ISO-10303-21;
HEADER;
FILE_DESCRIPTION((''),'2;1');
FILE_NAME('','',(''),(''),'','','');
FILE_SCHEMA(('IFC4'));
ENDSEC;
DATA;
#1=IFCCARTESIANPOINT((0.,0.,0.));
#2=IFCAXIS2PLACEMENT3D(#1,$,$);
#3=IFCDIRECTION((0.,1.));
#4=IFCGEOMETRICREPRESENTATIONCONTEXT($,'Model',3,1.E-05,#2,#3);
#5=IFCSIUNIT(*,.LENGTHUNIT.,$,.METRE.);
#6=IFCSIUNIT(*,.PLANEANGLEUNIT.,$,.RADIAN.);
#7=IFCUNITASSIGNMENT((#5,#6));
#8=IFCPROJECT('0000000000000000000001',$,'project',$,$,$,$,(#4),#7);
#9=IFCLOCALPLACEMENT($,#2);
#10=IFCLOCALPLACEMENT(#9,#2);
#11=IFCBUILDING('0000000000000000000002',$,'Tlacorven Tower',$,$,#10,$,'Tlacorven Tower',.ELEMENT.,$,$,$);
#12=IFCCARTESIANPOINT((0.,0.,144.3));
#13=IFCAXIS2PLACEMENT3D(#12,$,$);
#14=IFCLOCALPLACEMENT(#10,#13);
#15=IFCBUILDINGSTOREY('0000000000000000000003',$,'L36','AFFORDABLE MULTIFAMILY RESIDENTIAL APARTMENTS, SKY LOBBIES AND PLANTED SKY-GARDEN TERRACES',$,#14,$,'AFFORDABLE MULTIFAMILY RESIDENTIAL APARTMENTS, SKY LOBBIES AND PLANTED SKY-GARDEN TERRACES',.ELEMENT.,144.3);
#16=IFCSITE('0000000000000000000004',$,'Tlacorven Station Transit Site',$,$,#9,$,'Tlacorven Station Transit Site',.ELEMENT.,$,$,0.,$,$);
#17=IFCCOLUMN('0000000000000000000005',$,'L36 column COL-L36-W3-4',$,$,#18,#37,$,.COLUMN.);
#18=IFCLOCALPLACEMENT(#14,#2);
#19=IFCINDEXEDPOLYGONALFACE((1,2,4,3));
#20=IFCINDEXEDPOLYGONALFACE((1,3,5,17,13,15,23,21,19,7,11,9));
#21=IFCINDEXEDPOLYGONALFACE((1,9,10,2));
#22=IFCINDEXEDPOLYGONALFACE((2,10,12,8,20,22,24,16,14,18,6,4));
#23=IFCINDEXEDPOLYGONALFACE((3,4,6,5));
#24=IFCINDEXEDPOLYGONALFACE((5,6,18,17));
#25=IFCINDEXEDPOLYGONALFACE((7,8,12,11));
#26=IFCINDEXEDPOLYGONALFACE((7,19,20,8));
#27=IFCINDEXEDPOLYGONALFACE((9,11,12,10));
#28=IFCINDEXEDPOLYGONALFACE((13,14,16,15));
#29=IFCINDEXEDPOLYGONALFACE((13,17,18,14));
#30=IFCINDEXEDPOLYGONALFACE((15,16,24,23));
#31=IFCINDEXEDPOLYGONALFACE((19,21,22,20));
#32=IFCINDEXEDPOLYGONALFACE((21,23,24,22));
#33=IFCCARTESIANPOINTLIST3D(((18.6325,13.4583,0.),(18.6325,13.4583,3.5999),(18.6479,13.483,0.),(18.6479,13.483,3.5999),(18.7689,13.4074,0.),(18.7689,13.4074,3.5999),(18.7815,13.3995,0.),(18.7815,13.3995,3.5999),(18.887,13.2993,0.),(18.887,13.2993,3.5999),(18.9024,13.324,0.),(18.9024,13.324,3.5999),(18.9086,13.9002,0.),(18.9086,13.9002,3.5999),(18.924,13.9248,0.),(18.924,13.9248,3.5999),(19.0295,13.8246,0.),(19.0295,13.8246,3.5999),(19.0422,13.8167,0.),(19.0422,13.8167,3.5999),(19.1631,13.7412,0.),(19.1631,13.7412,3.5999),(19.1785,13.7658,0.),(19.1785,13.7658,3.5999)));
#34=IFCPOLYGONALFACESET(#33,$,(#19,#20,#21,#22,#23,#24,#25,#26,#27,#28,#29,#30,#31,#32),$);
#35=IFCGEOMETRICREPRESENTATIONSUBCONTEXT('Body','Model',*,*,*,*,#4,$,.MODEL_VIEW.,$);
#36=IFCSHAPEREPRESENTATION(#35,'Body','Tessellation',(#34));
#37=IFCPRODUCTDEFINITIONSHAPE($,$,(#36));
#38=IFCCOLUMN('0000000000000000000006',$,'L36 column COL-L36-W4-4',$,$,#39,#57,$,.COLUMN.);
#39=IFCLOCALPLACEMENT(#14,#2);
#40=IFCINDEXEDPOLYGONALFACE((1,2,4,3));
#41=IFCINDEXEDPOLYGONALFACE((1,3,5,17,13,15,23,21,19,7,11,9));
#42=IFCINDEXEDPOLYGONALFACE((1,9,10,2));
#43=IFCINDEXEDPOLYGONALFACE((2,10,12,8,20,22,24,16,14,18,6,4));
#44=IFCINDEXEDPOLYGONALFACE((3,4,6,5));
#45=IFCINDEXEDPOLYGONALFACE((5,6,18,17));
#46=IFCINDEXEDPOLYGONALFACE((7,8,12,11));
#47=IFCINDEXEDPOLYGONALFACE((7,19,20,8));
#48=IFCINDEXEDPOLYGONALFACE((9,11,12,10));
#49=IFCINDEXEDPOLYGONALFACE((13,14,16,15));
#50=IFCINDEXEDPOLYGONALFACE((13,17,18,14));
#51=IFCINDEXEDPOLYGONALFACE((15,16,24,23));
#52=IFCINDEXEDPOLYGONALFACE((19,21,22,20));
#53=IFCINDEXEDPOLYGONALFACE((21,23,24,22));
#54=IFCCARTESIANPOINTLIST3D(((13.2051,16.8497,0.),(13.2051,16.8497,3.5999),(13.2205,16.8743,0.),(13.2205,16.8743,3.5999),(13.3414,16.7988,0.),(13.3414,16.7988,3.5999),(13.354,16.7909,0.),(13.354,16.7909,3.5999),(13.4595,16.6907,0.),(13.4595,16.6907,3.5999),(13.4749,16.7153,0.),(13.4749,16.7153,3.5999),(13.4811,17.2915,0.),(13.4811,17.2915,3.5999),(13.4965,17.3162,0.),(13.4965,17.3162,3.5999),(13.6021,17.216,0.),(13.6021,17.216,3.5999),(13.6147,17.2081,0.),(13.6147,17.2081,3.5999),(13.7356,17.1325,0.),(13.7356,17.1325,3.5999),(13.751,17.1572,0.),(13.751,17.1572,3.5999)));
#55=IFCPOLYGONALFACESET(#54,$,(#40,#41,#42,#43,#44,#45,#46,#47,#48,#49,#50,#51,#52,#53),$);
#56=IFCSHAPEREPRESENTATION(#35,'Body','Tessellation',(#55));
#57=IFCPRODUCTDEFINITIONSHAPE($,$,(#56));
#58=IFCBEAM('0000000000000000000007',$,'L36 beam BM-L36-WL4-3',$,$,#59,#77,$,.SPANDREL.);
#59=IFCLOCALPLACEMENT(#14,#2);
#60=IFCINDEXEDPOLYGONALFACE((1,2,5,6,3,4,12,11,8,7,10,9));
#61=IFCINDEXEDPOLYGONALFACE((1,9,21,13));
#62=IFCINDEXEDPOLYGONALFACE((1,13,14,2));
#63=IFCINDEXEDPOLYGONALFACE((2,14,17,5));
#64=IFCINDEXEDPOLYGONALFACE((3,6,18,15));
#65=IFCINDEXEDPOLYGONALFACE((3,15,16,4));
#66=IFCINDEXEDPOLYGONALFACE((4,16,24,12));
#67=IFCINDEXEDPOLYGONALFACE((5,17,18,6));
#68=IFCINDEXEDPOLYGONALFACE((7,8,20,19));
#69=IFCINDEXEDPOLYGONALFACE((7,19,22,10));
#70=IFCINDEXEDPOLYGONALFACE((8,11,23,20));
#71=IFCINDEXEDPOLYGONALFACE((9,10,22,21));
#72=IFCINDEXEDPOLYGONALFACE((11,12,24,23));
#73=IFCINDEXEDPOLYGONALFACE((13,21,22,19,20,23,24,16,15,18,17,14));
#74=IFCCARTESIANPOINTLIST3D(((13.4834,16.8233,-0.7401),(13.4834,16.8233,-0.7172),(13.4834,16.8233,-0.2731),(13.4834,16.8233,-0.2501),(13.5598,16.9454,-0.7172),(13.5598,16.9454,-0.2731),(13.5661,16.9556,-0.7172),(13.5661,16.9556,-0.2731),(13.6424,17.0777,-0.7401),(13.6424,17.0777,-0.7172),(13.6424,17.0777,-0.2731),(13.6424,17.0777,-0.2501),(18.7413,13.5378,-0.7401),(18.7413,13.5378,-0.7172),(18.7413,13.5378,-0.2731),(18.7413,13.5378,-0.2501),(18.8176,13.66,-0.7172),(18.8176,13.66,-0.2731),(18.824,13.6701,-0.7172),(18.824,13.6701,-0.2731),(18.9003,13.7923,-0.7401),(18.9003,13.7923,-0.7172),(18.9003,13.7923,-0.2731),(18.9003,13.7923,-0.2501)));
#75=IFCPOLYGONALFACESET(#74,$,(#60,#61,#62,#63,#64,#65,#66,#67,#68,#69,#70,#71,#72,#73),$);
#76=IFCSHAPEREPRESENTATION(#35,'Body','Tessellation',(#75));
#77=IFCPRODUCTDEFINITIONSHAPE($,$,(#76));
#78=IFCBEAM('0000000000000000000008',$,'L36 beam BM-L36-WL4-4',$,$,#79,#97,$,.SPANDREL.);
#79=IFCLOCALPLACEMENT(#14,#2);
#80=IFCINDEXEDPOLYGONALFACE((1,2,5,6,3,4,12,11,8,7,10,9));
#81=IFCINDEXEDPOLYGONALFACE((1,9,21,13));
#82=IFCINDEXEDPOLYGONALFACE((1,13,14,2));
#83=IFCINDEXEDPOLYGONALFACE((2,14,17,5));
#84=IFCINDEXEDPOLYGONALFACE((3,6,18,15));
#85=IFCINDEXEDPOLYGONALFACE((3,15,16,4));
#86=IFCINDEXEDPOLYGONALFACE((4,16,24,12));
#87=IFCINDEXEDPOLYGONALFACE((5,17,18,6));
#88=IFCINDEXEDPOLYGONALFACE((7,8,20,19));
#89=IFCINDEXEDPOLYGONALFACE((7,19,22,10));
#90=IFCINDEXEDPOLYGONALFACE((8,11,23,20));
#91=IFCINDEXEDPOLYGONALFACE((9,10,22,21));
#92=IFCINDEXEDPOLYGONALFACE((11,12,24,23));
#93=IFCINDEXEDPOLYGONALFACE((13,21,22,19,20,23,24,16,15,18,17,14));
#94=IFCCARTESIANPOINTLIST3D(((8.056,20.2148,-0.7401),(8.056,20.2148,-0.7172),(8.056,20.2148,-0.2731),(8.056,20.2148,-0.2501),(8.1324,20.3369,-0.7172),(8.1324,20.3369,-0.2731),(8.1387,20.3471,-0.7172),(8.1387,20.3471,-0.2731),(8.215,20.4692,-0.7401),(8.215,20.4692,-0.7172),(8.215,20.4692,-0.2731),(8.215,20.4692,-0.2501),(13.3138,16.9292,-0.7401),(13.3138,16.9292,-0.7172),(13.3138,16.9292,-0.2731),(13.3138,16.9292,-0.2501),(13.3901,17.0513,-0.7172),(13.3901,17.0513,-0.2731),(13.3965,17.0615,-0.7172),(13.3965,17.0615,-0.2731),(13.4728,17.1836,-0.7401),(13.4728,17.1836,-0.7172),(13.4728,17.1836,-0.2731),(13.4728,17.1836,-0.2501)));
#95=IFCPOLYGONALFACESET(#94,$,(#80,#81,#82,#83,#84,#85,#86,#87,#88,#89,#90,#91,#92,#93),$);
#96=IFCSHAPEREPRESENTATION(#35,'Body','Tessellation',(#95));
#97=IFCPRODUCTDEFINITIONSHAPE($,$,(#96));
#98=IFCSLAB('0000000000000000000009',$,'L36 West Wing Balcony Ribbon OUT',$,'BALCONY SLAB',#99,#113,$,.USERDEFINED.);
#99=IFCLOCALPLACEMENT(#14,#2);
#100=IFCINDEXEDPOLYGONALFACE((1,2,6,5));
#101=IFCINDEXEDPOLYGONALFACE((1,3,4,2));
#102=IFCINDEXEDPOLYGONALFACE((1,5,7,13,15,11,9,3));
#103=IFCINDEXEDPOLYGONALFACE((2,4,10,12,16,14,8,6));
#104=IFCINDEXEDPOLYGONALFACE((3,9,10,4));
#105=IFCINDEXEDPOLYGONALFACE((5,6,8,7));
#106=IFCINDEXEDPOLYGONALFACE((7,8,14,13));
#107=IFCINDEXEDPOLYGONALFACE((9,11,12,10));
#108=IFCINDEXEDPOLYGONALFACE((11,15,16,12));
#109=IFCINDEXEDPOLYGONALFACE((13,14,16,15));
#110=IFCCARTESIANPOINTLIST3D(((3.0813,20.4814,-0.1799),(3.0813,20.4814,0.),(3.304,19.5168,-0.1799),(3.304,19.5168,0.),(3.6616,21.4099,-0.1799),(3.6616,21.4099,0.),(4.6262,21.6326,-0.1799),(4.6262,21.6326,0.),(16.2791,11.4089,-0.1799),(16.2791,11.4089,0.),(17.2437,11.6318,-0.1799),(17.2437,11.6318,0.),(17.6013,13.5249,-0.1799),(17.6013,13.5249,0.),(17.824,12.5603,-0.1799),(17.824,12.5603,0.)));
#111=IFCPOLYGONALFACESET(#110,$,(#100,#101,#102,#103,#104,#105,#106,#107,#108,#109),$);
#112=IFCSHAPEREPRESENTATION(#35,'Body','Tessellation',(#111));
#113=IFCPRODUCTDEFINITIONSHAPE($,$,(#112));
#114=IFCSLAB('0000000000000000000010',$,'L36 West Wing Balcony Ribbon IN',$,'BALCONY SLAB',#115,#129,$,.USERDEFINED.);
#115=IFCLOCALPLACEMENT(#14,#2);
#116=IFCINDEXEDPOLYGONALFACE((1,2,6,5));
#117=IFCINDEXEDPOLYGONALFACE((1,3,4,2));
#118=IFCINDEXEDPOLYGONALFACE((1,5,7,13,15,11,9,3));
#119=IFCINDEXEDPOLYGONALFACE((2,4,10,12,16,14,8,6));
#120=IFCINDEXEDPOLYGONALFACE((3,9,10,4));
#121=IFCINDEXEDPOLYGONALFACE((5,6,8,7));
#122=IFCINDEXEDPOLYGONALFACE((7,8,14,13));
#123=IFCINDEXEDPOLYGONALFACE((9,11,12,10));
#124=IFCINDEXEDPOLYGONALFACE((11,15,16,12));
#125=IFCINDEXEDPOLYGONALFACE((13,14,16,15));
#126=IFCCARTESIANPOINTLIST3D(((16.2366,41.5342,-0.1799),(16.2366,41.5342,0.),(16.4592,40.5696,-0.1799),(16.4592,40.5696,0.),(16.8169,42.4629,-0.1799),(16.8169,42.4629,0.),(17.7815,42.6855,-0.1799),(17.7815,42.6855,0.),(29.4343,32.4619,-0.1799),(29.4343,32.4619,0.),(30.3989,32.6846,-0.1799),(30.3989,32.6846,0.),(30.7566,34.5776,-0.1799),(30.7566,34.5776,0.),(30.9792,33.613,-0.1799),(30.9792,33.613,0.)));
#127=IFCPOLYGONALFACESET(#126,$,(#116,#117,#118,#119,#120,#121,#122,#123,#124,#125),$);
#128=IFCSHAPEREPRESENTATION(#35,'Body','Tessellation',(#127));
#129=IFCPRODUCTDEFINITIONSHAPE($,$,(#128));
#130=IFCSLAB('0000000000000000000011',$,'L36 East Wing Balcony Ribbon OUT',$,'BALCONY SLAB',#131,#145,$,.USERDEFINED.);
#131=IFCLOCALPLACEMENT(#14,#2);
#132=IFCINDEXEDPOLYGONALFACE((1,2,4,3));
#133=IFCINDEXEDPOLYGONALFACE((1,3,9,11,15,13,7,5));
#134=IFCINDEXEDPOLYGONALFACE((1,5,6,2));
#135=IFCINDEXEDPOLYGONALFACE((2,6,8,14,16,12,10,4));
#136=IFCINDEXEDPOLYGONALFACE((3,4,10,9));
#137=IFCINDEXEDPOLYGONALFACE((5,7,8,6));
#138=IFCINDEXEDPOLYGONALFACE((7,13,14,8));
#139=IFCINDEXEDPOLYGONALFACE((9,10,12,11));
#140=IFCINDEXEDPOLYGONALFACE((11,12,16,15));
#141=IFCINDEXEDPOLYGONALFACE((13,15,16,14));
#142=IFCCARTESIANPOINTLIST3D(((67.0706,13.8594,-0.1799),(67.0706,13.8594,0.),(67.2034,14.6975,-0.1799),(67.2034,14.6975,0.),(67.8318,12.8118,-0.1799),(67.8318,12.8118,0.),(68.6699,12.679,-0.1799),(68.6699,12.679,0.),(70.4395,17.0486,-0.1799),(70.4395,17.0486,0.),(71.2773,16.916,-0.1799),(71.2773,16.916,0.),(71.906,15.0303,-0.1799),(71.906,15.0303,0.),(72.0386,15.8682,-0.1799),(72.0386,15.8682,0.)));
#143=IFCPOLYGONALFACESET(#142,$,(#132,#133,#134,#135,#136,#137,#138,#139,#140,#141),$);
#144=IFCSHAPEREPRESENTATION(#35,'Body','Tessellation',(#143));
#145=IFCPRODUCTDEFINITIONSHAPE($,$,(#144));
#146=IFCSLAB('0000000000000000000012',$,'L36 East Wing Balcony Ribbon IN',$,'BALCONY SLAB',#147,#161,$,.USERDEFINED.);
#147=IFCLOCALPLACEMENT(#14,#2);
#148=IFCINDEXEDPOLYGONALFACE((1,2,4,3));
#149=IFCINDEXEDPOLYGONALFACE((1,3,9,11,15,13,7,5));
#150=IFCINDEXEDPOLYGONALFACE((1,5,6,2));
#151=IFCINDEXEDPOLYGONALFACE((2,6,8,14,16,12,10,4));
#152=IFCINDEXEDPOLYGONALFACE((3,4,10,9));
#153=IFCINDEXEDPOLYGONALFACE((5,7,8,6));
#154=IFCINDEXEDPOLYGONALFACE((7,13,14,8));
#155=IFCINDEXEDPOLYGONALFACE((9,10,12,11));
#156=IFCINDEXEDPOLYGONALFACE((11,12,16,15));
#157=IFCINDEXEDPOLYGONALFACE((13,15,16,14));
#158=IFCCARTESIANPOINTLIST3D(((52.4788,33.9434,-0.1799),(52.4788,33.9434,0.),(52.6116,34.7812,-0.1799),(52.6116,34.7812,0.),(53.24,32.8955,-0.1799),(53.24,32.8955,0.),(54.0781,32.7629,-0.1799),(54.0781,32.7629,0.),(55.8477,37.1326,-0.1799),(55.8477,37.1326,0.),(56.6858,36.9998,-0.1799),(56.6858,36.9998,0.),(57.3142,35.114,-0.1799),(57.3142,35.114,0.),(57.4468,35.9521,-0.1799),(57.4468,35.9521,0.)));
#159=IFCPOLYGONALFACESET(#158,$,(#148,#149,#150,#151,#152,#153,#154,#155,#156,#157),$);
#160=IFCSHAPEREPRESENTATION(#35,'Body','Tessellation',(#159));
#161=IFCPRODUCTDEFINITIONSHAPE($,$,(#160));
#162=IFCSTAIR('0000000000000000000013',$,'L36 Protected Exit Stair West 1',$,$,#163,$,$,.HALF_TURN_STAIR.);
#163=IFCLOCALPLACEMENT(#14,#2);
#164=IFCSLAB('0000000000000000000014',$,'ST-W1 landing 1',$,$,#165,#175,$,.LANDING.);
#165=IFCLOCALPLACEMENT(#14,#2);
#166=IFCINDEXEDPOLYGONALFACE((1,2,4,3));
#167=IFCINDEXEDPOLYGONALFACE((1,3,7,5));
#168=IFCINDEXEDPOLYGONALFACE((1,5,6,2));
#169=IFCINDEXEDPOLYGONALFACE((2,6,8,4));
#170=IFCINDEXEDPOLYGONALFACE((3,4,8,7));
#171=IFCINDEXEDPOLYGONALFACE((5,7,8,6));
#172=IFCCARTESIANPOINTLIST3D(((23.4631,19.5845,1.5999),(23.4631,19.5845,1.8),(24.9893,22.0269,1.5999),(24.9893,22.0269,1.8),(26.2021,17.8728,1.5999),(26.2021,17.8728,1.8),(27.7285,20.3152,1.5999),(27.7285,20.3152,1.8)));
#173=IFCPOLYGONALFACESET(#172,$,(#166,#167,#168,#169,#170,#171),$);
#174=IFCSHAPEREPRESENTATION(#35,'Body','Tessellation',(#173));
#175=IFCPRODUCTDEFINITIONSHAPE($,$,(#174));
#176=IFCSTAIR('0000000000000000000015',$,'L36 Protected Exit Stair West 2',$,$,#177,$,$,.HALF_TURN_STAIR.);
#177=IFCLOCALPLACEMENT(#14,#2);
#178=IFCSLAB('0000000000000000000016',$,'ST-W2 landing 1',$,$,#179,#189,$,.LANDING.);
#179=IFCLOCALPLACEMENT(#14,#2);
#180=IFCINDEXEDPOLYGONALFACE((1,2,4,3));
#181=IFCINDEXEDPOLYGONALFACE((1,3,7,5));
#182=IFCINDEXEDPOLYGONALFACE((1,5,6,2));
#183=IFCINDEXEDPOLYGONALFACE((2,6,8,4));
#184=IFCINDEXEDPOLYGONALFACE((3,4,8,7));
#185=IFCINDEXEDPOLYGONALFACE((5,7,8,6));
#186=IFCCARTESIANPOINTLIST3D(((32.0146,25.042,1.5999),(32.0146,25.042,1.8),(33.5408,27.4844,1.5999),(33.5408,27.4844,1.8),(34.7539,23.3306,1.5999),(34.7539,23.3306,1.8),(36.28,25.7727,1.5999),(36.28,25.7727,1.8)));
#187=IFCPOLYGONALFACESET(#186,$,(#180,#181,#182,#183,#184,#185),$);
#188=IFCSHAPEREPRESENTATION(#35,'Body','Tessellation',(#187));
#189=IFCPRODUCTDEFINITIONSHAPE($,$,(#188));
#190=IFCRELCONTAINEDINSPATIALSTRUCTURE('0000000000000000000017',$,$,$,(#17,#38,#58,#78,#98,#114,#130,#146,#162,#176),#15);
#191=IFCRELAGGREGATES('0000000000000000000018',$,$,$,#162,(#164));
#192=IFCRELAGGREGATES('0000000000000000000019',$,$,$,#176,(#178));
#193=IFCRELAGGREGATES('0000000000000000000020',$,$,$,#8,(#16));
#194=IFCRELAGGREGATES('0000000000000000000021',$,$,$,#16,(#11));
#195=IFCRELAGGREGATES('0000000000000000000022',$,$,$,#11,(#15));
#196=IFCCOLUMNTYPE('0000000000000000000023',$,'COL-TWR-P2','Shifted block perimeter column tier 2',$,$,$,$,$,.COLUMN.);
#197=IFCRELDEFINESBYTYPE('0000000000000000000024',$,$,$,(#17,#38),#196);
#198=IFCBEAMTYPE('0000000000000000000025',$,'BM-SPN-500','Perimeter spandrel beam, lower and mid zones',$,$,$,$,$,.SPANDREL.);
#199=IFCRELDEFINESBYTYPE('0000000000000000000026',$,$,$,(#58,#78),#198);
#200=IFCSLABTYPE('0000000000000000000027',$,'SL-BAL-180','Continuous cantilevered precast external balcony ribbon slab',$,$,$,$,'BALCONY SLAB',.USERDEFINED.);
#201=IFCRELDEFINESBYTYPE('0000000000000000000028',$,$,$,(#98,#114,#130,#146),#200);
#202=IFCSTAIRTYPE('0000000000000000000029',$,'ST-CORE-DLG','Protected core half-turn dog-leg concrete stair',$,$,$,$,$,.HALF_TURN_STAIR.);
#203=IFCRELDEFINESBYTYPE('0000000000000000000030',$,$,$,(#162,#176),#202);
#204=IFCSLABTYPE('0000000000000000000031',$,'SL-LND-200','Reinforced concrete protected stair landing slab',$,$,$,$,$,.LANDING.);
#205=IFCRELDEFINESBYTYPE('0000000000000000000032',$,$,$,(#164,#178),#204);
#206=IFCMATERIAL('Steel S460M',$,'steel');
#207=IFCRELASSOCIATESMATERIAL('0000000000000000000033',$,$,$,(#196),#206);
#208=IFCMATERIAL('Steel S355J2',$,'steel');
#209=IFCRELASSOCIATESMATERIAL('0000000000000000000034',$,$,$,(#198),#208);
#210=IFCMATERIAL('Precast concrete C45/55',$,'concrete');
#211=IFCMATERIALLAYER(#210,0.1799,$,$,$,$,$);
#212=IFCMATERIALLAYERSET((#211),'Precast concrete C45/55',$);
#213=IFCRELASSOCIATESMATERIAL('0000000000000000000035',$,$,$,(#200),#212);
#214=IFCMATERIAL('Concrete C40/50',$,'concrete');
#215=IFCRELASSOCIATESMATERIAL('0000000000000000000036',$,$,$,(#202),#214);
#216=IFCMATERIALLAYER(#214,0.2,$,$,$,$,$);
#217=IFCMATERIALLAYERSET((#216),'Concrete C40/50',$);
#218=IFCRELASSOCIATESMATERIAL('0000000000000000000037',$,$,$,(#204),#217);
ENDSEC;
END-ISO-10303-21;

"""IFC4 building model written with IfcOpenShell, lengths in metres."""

from ifc_helpers import new_model, si_unit, direction, frame, origin, origin_2d, place, context, subcontext, project, spatial, polyline, i_section, outline, extrude, source, transform, mapped, material, layer, layer_set, material_profile, profile_set, type_object, element, aggregate, save


model = new_model("IFC4")

# Units and contexts
model_context = context("Model", 3, precision=1e-05, world=origin(), true_north=direction((0.0, 1.0)))
body_context = subcontext(model_context, "Body", "Model", "MODEL_VIEW")
ifc_project = project(units=[si_unit("LENGTHUNIT", "METRE"), si_unit("PLANEANGLEUNIT", "RADIAN")], contexts=[model_context])

# Site, building, storey
site_placement = place(None, origin())
site = spatial("IfcSite", under=ifc_project, at=site_placement, Name="Tlacorven Station Transit Site", LongName="Tlacorven Station Transit Site", CompositionType="ELEMENT", RefElevation=0.0)
building_placement = place(site_placement, origin())
building = spatial("IfcBuilding", under=site, at=building_placement, Name="Tlacorven Tower", LongName="Tlacorven Tower", CompositionType="ELEMENT")
storey_placement = place(building_placement, frame((0.0, 0.0, 144.3)))
storey = spatial("IfcBuildingStorey", under=building, at=storey_placement, Name="L36", Description="AFFORDABLE MULTIFAMILY RESIDENTIAL APARTMENTS, SKY LOBBIES AND PLANTED SKY-GARDEN TERRACES", LongName="AFFORDABLE MULTIFAMILY RESIDENTIAL APARTMENTS, SKY LOBBIES AND PLANTED SKY-GARDEN TERRACES", CompositionType="ELEMENT", Elevation=144.3)

# Columns
ifc_material_1 = material(Name="Steel S460M", Category="steel")
ifc_material_profile_1 = material_profile(ifc_material_1, i_section(OverallWidth=0.3, OverallDepth=0.55, WebThickness=0.0149, FlangeThickness=0.0291, at=origin_2d()), Name="HEB 550")
ifc_profile_set_1 = profile_set([ifc_material_profile_1], Name="Steel S460M")
column_type = type_object("IfcColumnType", Name="COL-TWR-P2", Description="Shifted block perimeter column tier 2", PredefinedType="COLUMN", material=ifc_profile_set_1)
shared_shape_1 = source(origin(), body_context, "Body", "SweptSolid", [
    extrude(i_section(OverallWidth=0.3, OverallDepth=0.55, WebThickness=0.0149, FlangeThickness=0.0291, at=origin_2d()), origin(), (0.0, 0.0, 1.0), 3.5999),
])
for number, where, z_axis, x_axis, name in (
    (1, (18.9055, 13.6121, 0.0), (0.0, 0.0, 1.0), (-0.848048, 0.529919, 0.0), "L36 column COL-L36-W3-4"),
    (2, (13.478, 17.0034, 0.0), (0.0, 0.0, 1.0), (-0.848048, 0.529919, 0.0), "L36 column COL-L36-W4-4"),
):
    element("IfcColumn", number, at=place(storey_placement, frame(where, z_axis=z_axis, x_axis=x_axis)), inside=storey, type_object=column_type, Name=name, PredefinedType="COLUMN", context=body_context, shape_type="MappedRepresentation", body=[
        mapped(shared_shape_1, transform((0.0, 0.0, 0.0), scale=1.0)),
    ])

# Beams
ifc_material_2 = material(Name="Steel S355J2", Category="steel")
ifc_material_profile_2 = material_profile(ifc_material_2, i_section(OverallWidth=0.3, OverallDepth=0.49, WebThickness=0.012, FlangeThickness=0.0229, at=origin_2d()), Name="HEA 500")
ifc_profile_set_2 = profile_set([ifc_material_profile_2], Name="Steel S355J2")
beam_type = type_object("IfcBeamType", Name="BM-SPN-500", Description="Perimeter spandrel beam, lower and mid zones", PredefinedType="SPANDREL", material=ifc_profile_set_2)
shared_shape_2 = source(origin(), body_context, "Body", "SweptSolid", [
    extrude(i_section(OverallWidth=0.3, OverallDepth=0.49, WebThickness=0.012, FlangeThickness=0.0229, at=origin_2d()), origin(), (0.0, 0.0, 1.0), 6.2),
])
for number, where, z_axis, x_axis, name in (
    (3, (18.8208, 13.665, -0.4951), (-0.848051, 0.529914, 0.0), (-0.529914, -0.848051, 0.0), "L36 beam BM-L36-WL4-3"),
    (4, (13.3933, 17.0564, -0.4951), (-0.848034, 0.529942, 0.0), (-0.529942, -0.848034, 0.0), "L36 beam BM-L36-WL4-4"),
):
    element("IfcBeam", number, at=place(storey_placement, frame(where, z_axis=z_axis, x_axis=x_axis)), inside=storey, type_object=beam_type, Name=name, PredefinedType="SPANDREL", context=body_context, shape_type="MappedRepresentation", body=[
        mapped(shared_shape_2, transform((0.0, 0.0, 0.0), scale=1.0)),
    ])

# Slabs
ifc_material_3 = material(Name="Precast concrete C45/55", Category="concrete")
ifc_layer_1 = layer(ifc_material_3, 0.1799)
ifc_layer_set_1 = layer_set([ifc_layer_1], Name="Precast concrete C45/55")
slab_type_1 = type_object("IfcSlabType", Name="SL-BAL-180", Description="Continuous cantilevered precast external balcony ribbon slab", ElementType="BALCONY SLAB", PredefinedType="USERDEFINED", material=ifc_layer_set_1)
slab_1_placement = place(storey_placement, frame((0.0, 0.0, -0.1799)))
element("IfcSlab", 5, at=slab_1_placement, inside=storey, type_object=slab_type_1, Name="L36 West Wing Balcony Ribbon OUT", ObjectType="BALCONY SLAB", PredefinedType="USERDEFINED", context=body_context, shape_type="SweptSolid", body=[
    extrude(outline(polyline([(17.6013, 13.5249), (4.6262, 21.6326), (3.6616, 21.4099), (3.0813, 20.4814), (3.304, 19.5168), (16.2791, 11.4089), (17.2437, 11.6318), (17.824, 12.5603), (17.6013, 13.5249)])), origin(), (0.0, 0.0, 1.0), 0.1799),
])
slab_2_placement = place(storey_placement, frame((0.0, 0.0, -0.1799)))
element("IfcSlab", 6, at=slab_2_placement, inside=storey, type_object=slab_type_1, Name="L36 West Wing Balcony Ribbon IN", ObjectType="BALCONY SLAB", PredefinedType="USERDEFINED", context=body_context, shape_type="SweptSolid", body=[
    extrude(outline(polyline([(30.7566, 34.5776), (17.7815, 42.6855), (16.8169, 42.4629), (16.2366, 41.5342), (16.4592, 40.5696), (29.4343, 32.4619), (30.3989, 32.6846), (30.9792, 33.613), (30.7566, 34.5776)])), origin(), (0.0, 0.0, 1.0), 0.1799),
])
slab_3_placement = place(storey_placement, frame((0.0, 0.0, -0.1799)))
element("IfcSlab", 7, at=slab_3_placement, inside=storey, type_object=slab_type_1, Name="L36 East Wing Balcony Ribbon OUT", ObjectType="BALCONY SLAB", PredefinedType="USERDEFINED", context=body_context, shape_type="SweptSolid", body=[
    extrude(outline(polyline([(68.6699, 12.679), (71.906, 15.0303), (72.0386, 15.8682), (71.2773, 16.916), (70.4395, 17.0486), (67.2034, 14.6975), (67.0706, 13.8594), (67.8318, 12.8118), (68.6699, 12.679)])), origin(), (0.0, 0.0, 1.0), 0.1799),
])
slab_4_placement = place(storey_placement, frame((0.0, 0.0, -0.1799)))
element("IfcSlab", 8, at=slab_4_placement, inside=storey, type_object=slab_type_1, Name="L36 East Wing Balcony Ribbon IN", ObjectType="BALCONY SLAB", PredefinedType="USERDEFINED", context=body_context, shape_type="SweptSolid", body=[
    extrude(outline(polyline([(54.0781, 32.7629), (57.3142, 35.114), (57.4468, 35.9521), (56.6858, 36.9998), (55.8477, 37.1326), (52.6116, 34.7812), (52.4788, 33.9434), (53.24, 32.8955), (54.0781, 32.7629)])), origin(), (0.0, 0.0, 1.0), 0.1799),
])

# Stairs, slabs
ifc_material_4 = material(Name="Concrete C40/50", Category="concrete")
stair_type = type_object("IfcStairType", Name="ST-CORE-DLG", Description="Protected core half-turn dog-leg concrete stair", PredefinedType="HALF_TURN_STAIR", material=ifc_material_4)
stair_1_placement = place(storey_placement, origin())
stair_1 = element("IfcStair", 9, at=stair_1_placement, inside=storey, type_object=stair_type, Name="L36 Protected Exit Stair West 1", PredefinedType="HALF_TURN_STAIR")
ifc_layer_2 = layer(ifc_material_4, 0.2)
ifc_layer_set_2 = layer_set([ifc_layer_2], Name="Concrete C40/50")
slab_type_2 = type_object("IfcSlabType", Name="SL-LND-200", Description="Reinforced concrete protected stair landing slab", PredefinedType="LANDING", material=ifc_layer_set_2)
slab_5_placement = place(storey_placement, frame((0.0, 0.0, 1.5999)))
slab_5 = element("IfcSlab", 10, at=slab_5_placement, type_object=slab_type_2, Name="ST-W1 landing 1", PredefinedType="LANDING", context=body_context, shape_type="SweptSolid", body=[
    extrude(outline(polyline([(27.7285, 20.3152), (24.9893, 22.0269), (23.4631, 19.5845), (26.2021, 17.8728), (27.7285, 20.3152)])), origin(), (0.0, 0.0, 1.0), 0.2002),
])
aggregate(stair_1, [slab_5])
stair_2_placement = place(storey_placement, origin())
stair_2 = element("IfcStair", 11, at=stair_2_placement, inside=storey, type_object=stair_type, Name="L36 Protected Exit Stair West 2", PredefinedType="HALF_TURN_STAIR")
slab_6_placement = place(storey_placement, frame((0.0, 0.0, 1.5999)))
slab_6 = element("IfcSlab", 12, at=slab_6_placement, type_object=slab_type_2, Name="ST-W2 landing 1", PredefinedType="LANDING", context=body_context, shape_type="SweptSolid", body=[
    extrude(outline(polyline([(36.28, 25.7727), (33.5408, 27.4844), (32.0146, 25.042), (34.7539, 23.3306), (36.28, 25.7727)])), origin(), (0.0, 0.0, 1.0), 0.2002),
])
aggregate(stair_2, [slab_6])

save(model, "model.ifc")
